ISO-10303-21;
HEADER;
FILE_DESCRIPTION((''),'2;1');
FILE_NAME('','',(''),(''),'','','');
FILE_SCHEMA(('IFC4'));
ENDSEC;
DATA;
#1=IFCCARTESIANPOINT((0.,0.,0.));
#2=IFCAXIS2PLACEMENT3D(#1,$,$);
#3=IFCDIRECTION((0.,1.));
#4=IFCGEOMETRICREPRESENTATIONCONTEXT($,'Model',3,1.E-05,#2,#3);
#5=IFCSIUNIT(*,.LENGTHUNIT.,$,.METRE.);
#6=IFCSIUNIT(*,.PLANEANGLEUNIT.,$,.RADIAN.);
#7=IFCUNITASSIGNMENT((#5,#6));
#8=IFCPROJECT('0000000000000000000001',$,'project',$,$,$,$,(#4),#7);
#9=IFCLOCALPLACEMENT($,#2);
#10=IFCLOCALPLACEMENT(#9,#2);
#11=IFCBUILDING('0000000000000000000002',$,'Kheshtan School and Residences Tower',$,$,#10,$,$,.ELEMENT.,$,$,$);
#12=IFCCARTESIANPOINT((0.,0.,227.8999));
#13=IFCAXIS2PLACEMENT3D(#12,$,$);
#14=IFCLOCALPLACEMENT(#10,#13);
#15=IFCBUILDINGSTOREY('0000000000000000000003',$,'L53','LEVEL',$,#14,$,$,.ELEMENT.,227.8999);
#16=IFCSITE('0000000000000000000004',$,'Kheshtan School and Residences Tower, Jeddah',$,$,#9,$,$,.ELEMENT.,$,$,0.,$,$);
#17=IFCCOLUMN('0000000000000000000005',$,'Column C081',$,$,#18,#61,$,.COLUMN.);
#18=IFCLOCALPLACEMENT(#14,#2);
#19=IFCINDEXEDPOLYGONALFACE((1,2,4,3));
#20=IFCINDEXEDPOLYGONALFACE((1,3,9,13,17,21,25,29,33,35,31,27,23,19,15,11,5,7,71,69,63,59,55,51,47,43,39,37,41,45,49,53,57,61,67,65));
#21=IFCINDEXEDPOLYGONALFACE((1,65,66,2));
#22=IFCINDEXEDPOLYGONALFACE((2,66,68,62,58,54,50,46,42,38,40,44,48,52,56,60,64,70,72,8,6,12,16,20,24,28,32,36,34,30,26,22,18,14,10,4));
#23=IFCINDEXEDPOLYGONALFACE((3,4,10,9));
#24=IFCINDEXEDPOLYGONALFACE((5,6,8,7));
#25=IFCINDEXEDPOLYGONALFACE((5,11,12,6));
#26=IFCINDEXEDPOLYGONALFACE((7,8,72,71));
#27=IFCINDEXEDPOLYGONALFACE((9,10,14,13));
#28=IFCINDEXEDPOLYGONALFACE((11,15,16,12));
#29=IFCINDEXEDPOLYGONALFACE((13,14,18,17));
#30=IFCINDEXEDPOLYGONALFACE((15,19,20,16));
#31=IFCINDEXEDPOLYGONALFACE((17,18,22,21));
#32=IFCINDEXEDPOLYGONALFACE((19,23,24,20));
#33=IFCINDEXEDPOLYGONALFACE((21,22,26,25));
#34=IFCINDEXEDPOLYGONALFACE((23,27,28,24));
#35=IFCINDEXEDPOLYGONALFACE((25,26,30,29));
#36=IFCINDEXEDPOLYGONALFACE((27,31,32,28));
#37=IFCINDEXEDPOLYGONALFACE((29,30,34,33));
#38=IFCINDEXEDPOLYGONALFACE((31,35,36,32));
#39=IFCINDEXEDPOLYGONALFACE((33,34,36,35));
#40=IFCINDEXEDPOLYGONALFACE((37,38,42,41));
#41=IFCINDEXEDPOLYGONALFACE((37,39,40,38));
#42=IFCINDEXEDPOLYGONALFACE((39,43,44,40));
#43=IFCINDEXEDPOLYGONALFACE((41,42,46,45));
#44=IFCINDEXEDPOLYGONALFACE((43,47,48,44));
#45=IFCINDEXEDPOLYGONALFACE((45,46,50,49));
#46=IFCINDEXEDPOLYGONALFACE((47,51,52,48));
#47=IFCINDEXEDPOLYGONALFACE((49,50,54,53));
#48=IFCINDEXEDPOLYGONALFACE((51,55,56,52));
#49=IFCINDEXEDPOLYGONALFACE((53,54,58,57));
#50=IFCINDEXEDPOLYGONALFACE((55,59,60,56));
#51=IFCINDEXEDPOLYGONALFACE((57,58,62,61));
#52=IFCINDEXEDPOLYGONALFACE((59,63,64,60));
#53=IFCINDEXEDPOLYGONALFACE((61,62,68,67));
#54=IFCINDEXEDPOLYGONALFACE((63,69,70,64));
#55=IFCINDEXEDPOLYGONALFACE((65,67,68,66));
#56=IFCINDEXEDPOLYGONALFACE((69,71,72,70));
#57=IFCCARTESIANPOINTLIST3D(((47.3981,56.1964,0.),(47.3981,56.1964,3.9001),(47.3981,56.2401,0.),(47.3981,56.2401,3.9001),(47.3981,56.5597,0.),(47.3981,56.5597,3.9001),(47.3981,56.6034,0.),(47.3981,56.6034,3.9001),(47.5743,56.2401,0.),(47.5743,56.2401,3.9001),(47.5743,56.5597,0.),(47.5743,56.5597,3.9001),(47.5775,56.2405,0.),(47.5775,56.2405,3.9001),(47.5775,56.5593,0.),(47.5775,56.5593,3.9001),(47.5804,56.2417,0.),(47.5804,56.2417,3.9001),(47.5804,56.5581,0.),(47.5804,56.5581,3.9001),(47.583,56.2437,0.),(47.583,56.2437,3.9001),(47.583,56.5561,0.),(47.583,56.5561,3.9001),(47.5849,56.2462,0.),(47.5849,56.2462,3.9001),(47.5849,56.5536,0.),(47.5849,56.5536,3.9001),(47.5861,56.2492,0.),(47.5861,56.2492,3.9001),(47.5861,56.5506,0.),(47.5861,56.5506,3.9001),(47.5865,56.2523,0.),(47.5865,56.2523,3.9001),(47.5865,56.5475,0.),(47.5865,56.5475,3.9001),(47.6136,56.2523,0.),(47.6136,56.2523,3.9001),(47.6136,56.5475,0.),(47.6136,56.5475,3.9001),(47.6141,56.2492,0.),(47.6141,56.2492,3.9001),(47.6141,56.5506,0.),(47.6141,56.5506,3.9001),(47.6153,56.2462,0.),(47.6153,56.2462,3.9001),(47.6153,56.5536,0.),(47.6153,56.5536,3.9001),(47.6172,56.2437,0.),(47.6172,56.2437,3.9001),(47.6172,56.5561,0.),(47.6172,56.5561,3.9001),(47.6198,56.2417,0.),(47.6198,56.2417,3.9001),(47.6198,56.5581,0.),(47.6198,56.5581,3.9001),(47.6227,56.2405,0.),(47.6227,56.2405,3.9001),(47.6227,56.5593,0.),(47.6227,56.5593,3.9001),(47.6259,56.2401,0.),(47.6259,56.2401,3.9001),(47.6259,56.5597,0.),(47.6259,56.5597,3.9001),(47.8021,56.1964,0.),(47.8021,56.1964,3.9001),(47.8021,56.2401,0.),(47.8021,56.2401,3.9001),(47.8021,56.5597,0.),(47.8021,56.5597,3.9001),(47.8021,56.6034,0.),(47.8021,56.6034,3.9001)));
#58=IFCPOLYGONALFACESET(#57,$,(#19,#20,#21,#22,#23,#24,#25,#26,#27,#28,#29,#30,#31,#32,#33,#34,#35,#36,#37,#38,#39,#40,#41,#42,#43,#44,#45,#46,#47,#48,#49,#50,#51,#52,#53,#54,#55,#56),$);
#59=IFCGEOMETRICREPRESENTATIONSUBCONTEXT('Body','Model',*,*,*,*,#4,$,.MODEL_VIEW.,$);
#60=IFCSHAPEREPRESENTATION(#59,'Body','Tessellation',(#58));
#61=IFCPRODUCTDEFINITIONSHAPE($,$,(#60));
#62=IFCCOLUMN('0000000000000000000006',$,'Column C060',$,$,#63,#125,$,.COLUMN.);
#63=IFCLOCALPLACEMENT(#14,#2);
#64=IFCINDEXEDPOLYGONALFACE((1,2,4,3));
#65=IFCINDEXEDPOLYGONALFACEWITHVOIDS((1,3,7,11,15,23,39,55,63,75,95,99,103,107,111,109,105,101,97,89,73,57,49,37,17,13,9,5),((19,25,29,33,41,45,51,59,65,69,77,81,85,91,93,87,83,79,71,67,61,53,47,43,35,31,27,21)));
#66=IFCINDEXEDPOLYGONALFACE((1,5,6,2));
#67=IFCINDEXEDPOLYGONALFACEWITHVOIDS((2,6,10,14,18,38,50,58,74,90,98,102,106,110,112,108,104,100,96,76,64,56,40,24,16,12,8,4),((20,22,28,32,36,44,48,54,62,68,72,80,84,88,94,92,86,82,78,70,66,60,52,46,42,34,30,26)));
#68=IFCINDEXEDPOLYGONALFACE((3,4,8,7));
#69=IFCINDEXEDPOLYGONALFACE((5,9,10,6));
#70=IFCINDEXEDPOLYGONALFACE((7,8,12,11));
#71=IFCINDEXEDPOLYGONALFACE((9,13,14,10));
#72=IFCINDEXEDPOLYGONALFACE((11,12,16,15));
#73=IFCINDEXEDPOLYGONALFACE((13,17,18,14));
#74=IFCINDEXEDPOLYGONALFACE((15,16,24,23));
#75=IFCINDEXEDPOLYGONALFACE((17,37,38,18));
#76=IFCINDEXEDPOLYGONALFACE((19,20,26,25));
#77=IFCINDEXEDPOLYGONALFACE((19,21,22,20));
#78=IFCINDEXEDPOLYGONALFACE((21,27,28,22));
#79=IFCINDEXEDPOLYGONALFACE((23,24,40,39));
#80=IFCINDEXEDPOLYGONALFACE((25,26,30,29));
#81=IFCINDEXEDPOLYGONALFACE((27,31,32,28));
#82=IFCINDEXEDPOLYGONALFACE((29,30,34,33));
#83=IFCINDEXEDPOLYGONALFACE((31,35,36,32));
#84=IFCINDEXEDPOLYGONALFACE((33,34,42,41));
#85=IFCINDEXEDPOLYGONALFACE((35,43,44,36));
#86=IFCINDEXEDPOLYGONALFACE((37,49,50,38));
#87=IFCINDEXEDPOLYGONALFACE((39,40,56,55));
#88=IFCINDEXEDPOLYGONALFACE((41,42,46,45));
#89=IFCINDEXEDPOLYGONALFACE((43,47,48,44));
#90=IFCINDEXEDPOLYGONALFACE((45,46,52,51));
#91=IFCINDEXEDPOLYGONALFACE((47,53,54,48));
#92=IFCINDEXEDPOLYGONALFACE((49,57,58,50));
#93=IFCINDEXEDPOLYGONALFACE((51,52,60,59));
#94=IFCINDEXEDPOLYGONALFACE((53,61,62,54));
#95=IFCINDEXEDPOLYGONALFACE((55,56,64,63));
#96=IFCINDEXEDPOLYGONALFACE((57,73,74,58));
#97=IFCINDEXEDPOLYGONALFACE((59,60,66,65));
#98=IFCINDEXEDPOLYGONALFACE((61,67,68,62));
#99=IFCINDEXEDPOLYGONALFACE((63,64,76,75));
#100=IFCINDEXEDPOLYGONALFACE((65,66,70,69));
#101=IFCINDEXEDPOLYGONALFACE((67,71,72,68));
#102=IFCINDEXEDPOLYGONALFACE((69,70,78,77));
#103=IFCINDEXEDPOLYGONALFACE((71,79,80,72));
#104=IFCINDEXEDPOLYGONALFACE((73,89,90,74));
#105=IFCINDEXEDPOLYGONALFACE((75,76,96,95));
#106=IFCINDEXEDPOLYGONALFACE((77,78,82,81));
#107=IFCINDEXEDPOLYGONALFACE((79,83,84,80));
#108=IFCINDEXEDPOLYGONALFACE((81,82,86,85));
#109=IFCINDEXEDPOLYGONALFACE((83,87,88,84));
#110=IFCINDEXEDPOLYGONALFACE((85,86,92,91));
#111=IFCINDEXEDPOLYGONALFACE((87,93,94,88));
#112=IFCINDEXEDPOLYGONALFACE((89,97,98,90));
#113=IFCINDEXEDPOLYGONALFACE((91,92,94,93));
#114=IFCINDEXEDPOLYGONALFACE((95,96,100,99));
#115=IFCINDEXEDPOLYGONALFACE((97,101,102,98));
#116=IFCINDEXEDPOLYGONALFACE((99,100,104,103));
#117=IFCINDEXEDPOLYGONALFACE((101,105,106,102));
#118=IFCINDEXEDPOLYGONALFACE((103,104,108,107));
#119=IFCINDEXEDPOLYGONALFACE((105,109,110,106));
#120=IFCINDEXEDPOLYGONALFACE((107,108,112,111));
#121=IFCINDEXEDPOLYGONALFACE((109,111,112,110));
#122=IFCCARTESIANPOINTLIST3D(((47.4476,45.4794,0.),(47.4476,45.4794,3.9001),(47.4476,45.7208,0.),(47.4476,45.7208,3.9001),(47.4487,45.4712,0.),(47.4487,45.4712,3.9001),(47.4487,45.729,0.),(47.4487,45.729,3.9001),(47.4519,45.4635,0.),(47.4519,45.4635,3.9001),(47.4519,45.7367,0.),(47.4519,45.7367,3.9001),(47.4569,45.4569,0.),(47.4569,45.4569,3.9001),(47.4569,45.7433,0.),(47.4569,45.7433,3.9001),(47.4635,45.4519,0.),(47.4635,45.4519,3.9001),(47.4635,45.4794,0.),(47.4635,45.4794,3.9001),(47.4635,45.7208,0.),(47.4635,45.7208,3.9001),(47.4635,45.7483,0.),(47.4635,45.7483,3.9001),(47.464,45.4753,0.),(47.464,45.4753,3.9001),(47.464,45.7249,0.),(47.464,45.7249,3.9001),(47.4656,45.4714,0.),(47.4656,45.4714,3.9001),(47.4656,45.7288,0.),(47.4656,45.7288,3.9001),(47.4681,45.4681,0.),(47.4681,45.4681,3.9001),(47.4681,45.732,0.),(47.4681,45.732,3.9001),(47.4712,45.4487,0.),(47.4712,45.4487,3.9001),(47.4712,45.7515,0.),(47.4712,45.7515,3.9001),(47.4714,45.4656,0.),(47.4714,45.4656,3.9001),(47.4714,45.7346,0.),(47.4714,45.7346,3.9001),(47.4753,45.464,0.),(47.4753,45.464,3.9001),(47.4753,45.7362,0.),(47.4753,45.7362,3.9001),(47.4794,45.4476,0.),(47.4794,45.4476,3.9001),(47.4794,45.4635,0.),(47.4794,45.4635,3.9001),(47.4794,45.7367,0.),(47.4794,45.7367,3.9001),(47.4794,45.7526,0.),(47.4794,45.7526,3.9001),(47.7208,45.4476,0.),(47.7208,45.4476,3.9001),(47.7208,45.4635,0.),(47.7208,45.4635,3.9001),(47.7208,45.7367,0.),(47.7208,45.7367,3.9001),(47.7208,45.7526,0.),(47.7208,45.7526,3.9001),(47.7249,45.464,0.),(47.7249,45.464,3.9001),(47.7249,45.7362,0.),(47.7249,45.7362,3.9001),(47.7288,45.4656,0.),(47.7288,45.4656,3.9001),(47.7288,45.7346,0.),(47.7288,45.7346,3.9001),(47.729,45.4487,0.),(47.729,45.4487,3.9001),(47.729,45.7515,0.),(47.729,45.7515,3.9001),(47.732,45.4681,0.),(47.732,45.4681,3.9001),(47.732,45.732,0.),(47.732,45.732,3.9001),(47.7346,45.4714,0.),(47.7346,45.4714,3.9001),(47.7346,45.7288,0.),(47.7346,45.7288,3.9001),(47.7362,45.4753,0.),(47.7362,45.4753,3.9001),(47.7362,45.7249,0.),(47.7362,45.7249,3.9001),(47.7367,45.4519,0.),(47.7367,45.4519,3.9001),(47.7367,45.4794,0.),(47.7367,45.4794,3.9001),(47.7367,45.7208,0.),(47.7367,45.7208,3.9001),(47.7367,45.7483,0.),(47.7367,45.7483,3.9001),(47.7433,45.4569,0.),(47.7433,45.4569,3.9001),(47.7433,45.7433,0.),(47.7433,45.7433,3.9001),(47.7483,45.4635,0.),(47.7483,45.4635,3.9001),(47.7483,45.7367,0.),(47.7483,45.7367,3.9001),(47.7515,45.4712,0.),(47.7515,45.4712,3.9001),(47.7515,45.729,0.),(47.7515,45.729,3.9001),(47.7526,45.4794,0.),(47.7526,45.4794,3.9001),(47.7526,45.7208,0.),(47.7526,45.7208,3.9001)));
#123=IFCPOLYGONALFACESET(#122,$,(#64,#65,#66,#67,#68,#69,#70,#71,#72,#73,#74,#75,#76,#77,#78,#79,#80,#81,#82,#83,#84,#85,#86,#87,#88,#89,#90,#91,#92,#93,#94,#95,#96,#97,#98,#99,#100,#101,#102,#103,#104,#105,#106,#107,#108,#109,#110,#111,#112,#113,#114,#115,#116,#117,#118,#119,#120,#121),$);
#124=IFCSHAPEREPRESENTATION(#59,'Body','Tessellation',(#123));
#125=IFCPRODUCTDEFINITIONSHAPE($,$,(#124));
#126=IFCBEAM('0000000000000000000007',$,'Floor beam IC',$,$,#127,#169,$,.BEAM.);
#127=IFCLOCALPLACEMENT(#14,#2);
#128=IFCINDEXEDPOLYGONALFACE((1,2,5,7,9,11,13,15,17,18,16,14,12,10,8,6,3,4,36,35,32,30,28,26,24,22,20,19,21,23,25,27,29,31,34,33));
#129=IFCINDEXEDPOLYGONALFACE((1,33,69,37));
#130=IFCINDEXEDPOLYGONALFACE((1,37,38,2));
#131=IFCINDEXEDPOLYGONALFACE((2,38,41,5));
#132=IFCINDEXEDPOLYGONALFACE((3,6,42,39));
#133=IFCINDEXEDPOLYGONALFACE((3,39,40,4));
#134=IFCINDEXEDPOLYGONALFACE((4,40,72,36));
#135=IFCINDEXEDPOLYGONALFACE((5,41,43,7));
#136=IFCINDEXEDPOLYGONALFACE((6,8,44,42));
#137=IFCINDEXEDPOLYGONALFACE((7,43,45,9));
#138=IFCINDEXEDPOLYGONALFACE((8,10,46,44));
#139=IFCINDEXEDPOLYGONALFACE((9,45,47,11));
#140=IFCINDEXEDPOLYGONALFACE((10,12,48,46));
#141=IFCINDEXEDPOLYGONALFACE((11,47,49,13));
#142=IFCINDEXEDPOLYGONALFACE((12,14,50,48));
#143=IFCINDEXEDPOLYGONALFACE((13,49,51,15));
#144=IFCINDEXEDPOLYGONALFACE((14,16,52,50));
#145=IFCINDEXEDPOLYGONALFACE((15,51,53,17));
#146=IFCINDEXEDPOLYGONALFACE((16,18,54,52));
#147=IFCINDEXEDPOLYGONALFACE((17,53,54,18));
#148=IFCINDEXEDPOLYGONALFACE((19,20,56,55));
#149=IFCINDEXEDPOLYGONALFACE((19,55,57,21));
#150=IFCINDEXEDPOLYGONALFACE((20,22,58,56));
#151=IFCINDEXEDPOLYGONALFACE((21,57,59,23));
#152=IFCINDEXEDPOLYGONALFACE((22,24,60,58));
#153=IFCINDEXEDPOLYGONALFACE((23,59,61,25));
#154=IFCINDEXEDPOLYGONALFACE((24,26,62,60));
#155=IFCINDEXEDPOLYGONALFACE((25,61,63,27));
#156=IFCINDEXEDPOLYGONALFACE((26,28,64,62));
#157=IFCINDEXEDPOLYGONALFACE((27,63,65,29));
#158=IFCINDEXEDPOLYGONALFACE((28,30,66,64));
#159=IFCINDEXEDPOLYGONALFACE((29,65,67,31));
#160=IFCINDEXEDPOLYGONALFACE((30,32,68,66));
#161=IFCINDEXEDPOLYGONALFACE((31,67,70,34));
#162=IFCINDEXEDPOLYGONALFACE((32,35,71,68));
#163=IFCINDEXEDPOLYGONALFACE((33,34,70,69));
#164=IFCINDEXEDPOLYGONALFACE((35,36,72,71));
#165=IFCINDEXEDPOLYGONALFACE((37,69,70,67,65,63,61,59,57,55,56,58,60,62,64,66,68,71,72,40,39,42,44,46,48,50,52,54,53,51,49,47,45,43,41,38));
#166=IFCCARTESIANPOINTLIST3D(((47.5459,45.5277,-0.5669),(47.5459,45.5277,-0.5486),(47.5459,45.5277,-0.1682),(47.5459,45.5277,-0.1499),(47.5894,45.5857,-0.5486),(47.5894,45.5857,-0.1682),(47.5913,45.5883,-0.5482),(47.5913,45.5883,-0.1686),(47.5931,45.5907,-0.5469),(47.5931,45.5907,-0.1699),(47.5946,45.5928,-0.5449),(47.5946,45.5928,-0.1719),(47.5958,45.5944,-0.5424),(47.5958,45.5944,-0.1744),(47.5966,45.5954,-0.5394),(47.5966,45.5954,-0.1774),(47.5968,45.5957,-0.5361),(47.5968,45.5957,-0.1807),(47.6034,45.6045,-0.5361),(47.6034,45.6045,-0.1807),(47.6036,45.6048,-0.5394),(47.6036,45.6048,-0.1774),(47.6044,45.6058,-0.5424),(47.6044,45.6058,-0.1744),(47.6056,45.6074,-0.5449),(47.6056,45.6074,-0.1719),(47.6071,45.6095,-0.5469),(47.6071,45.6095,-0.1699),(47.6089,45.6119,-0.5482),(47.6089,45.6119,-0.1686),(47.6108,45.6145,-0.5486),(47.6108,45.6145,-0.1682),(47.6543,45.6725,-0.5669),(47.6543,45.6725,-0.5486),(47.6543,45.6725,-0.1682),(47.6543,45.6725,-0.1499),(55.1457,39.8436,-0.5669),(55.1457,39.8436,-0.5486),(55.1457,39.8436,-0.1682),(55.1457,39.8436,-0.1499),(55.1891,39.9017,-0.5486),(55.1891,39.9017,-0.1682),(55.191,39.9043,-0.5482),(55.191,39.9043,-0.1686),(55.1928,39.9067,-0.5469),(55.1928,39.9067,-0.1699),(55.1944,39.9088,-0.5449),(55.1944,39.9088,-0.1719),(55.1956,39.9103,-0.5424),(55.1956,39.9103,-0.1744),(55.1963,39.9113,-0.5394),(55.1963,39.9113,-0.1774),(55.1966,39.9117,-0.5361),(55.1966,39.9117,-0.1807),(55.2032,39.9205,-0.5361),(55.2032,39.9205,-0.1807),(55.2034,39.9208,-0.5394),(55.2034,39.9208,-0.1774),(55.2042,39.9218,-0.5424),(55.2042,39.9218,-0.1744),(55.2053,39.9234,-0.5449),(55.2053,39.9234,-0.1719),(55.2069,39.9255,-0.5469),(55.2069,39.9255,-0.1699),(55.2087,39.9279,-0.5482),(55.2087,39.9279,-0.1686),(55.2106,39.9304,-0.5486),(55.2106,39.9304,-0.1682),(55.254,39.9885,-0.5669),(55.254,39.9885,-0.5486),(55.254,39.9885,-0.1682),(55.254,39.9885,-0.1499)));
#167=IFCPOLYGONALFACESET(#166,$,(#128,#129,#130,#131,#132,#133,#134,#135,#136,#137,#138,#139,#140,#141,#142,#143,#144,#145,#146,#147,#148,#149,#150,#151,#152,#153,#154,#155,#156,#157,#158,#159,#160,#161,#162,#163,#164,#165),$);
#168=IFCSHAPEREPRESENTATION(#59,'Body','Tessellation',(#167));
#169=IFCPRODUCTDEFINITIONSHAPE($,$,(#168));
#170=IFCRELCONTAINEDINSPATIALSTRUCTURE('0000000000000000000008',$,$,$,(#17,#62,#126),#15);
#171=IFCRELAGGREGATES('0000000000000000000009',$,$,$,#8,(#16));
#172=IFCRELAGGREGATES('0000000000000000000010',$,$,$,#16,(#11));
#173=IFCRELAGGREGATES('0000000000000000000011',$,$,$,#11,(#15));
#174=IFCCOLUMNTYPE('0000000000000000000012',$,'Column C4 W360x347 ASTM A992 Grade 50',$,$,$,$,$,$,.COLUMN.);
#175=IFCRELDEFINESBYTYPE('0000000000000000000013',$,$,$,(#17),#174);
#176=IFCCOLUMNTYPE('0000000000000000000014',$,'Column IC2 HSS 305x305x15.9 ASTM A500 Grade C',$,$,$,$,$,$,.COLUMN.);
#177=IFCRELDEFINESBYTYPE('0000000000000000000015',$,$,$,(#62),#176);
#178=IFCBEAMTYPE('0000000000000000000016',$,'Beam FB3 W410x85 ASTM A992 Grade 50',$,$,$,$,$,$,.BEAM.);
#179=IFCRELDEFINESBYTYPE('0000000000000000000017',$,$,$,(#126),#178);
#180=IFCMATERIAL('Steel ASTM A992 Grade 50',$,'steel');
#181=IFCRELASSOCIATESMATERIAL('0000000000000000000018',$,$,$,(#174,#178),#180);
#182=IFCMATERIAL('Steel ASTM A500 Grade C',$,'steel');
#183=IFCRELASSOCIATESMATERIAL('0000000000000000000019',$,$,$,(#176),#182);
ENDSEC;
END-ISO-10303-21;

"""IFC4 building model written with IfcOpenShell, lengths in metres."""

from ifc_helpers import new_model, si_unit, direction, frame, origin, origin_2d, place, context, subcontext, project, spatial, hollow_rectangle, i_section, extrude, material, material_profile, profile_set, type_object, element, save


model = new_model("IFC4")

# Units and contexts
model_context = context("Model", 3, precision=1e-05, world=origin(), true_north=direction((0.0, 1.0)))
body_context = subcontext(model_context, "Body", "Model", "MODEL_VIEW")
ifc_project = project(units=[si_unit("LENGTHUNIT", "METRE"), si_unit("PLANEANGLEUNIT", "RADIAN")], contexts=[model_context])

# Site, building, storey
site_placement = place(None, origin())
site = spatial("IfcSite", under=ifc_project, at=site_placement, Name="Kheshtan School and Residences Tower, Jeddah", CompositionType="ELEMENT", RefElevation=0.0)
building_placement = place(site_placement, origin())
building = spatial("IfcBuilding", under=site, at=building_placement, Name="Kheshtan School and Residences Tower", CompositionType="ELEMENT")
storey_placement = place(building_placement, frame((0.0, 0.0, 227.8999)))
storey = spatial("IfcBuildingStorey", under=building, at=storey_placement, Name="L53", Description="LEVEL", CompositionType="ELEMENT", Elevation=227.8999)

# Columns
ifc_material_1 = material(Name="Steel ASTM A992 Grade 50", Category="steel")
ifc_material_profile_1 = material_profile(ifc_material_1, i_section(OverallWidth=0.4041, OverallDepth=0.407, WebThickness=0.0271, FlangeThickness=0.0437, FilletRadius=0.0122, at=origin_2d()), Name="W360x347")
ifc_profile_set_1 = profile_set([ifc_material_profile_1], Name="Steel ASTM A992 Grade 50")
column_type_1 = type_object("IfcColumnType", Name="Column C4 W360x347 ASTM A992 Grade 50", PredefinedType="COLUMN", material=ifc_profile_set_1)
for number, where, z_axis, x_axis, name in (
    (1, (47.6001, 56.3999, 0.0), (0.0, 0.0, 1.0), (1.0, 0.0, 0.0), "Column C081"),
):
    element("IfcColumn", number, at=place(storey_placement, frame(where, z_axis=z_axis, x_axis=x_axis)), inside=storey, type_object=column_type_1, Name=name, PredefinedType="COLUMN", context=body_context, shape_type="SweptSolid", body=[
        extrude(i_section(OverallWidth=0.4041, OverallDepth=0.407, WebThickness=0.0271, FlangeThickness=0.0437, FilletRadius=0.0122, at=origin_2d()), origin(), (0.0, 0.0, 1.0), 3.9001),
    ])
ifc_material_2 = material(Name="Steel ASTM A500 Grade C", Category="steel")
ifc_material_profile_2 = material_profile(ifc_material_2, hollow_rectangle(XDim=0.3049, YDim=0.3049, WallThickness=0.0159, InnerFilletRadius=0.0159, OuterFilletRadius=0.0317, at=origin_2d()), Name="HSS 305x305x15.9")
ifc_profile_set_2 = profile_set([ifc_material_profile_2], Name="Steel ASTM A500 Grade C")
column_type_2 = type_object("IfcColumnType", Name="Column IC2 HSS 305x305x15.9 ASTM A500 Grade C", PredefinedType="COLUMN", material=ifc_profile_set_2)
column_placement = place(storey_placement, frame((47.6001, 45.6001, 0.0), z_axis=(0.0, 0.0, 1.0), x_axis=(1.0, 0.0, 0.0)))
element("IfcColumn", 2, at=column_placement, inside=storey, type_object=column_type_2, Name="Column C060", PredefinedType="COLUMN", context=body_context, shape_type="SweptSolid", body=[
    extrude(hollow_rectangle(XDim=0.3049, YDim=0.3049, WallThickness=0.0159, InnerFilletRadius=0.0159, OuterFilletRadius=0.0317, at=origin_2d()), origin(), (0.0, 0.0, 1.0), 3.9001),
])

# Beam
ifc_material_profile_3 = material_profile(ifc_material_1, i_section(OverallWidth=0.1809, OverallDepth=0.417, WebThickness=0.011, FlangeThickness=0.0183, FilletRadius=0.0125, at=origin_2d()), Name="W410x85")
ifc_profile_set_3 = profile_set([ifc_material_profile_3], Name="Steel ASTM A992 Grade 50")
beam_type_1 = type_object("IfcBeamType", Name="Beam FB3 W410x85 ASTM A992 Grade 50", PredefinedType="BEAM", material=ifc_profile_set_3)
beam_1_placement = place(storey_placement, frame((47.6001, 45.6001, -0.3584), z_axis=(0.800799, -0.598933, 0.0), x_axis=(0.598933, 0.800799, 0.0)))
element("IfcBeam", 3, at=beam_1_placement, inside=storey, type_object=beam_type_1, Name="Floor beam IC", PredefinedType="BEAM", context=body_context, shape_type="SweptSolid", body=[
    extrude(i_section(OverallWidth=0.1809, OverallDepth=0.417, WebThickness=0.011, FlangeThickness=0.0183, FilletRadius=0.0125, at=origin_2d()), origin(), (0.0, 0.0, 1.0), 9.4902),
])

save(model, "model.ifc")
